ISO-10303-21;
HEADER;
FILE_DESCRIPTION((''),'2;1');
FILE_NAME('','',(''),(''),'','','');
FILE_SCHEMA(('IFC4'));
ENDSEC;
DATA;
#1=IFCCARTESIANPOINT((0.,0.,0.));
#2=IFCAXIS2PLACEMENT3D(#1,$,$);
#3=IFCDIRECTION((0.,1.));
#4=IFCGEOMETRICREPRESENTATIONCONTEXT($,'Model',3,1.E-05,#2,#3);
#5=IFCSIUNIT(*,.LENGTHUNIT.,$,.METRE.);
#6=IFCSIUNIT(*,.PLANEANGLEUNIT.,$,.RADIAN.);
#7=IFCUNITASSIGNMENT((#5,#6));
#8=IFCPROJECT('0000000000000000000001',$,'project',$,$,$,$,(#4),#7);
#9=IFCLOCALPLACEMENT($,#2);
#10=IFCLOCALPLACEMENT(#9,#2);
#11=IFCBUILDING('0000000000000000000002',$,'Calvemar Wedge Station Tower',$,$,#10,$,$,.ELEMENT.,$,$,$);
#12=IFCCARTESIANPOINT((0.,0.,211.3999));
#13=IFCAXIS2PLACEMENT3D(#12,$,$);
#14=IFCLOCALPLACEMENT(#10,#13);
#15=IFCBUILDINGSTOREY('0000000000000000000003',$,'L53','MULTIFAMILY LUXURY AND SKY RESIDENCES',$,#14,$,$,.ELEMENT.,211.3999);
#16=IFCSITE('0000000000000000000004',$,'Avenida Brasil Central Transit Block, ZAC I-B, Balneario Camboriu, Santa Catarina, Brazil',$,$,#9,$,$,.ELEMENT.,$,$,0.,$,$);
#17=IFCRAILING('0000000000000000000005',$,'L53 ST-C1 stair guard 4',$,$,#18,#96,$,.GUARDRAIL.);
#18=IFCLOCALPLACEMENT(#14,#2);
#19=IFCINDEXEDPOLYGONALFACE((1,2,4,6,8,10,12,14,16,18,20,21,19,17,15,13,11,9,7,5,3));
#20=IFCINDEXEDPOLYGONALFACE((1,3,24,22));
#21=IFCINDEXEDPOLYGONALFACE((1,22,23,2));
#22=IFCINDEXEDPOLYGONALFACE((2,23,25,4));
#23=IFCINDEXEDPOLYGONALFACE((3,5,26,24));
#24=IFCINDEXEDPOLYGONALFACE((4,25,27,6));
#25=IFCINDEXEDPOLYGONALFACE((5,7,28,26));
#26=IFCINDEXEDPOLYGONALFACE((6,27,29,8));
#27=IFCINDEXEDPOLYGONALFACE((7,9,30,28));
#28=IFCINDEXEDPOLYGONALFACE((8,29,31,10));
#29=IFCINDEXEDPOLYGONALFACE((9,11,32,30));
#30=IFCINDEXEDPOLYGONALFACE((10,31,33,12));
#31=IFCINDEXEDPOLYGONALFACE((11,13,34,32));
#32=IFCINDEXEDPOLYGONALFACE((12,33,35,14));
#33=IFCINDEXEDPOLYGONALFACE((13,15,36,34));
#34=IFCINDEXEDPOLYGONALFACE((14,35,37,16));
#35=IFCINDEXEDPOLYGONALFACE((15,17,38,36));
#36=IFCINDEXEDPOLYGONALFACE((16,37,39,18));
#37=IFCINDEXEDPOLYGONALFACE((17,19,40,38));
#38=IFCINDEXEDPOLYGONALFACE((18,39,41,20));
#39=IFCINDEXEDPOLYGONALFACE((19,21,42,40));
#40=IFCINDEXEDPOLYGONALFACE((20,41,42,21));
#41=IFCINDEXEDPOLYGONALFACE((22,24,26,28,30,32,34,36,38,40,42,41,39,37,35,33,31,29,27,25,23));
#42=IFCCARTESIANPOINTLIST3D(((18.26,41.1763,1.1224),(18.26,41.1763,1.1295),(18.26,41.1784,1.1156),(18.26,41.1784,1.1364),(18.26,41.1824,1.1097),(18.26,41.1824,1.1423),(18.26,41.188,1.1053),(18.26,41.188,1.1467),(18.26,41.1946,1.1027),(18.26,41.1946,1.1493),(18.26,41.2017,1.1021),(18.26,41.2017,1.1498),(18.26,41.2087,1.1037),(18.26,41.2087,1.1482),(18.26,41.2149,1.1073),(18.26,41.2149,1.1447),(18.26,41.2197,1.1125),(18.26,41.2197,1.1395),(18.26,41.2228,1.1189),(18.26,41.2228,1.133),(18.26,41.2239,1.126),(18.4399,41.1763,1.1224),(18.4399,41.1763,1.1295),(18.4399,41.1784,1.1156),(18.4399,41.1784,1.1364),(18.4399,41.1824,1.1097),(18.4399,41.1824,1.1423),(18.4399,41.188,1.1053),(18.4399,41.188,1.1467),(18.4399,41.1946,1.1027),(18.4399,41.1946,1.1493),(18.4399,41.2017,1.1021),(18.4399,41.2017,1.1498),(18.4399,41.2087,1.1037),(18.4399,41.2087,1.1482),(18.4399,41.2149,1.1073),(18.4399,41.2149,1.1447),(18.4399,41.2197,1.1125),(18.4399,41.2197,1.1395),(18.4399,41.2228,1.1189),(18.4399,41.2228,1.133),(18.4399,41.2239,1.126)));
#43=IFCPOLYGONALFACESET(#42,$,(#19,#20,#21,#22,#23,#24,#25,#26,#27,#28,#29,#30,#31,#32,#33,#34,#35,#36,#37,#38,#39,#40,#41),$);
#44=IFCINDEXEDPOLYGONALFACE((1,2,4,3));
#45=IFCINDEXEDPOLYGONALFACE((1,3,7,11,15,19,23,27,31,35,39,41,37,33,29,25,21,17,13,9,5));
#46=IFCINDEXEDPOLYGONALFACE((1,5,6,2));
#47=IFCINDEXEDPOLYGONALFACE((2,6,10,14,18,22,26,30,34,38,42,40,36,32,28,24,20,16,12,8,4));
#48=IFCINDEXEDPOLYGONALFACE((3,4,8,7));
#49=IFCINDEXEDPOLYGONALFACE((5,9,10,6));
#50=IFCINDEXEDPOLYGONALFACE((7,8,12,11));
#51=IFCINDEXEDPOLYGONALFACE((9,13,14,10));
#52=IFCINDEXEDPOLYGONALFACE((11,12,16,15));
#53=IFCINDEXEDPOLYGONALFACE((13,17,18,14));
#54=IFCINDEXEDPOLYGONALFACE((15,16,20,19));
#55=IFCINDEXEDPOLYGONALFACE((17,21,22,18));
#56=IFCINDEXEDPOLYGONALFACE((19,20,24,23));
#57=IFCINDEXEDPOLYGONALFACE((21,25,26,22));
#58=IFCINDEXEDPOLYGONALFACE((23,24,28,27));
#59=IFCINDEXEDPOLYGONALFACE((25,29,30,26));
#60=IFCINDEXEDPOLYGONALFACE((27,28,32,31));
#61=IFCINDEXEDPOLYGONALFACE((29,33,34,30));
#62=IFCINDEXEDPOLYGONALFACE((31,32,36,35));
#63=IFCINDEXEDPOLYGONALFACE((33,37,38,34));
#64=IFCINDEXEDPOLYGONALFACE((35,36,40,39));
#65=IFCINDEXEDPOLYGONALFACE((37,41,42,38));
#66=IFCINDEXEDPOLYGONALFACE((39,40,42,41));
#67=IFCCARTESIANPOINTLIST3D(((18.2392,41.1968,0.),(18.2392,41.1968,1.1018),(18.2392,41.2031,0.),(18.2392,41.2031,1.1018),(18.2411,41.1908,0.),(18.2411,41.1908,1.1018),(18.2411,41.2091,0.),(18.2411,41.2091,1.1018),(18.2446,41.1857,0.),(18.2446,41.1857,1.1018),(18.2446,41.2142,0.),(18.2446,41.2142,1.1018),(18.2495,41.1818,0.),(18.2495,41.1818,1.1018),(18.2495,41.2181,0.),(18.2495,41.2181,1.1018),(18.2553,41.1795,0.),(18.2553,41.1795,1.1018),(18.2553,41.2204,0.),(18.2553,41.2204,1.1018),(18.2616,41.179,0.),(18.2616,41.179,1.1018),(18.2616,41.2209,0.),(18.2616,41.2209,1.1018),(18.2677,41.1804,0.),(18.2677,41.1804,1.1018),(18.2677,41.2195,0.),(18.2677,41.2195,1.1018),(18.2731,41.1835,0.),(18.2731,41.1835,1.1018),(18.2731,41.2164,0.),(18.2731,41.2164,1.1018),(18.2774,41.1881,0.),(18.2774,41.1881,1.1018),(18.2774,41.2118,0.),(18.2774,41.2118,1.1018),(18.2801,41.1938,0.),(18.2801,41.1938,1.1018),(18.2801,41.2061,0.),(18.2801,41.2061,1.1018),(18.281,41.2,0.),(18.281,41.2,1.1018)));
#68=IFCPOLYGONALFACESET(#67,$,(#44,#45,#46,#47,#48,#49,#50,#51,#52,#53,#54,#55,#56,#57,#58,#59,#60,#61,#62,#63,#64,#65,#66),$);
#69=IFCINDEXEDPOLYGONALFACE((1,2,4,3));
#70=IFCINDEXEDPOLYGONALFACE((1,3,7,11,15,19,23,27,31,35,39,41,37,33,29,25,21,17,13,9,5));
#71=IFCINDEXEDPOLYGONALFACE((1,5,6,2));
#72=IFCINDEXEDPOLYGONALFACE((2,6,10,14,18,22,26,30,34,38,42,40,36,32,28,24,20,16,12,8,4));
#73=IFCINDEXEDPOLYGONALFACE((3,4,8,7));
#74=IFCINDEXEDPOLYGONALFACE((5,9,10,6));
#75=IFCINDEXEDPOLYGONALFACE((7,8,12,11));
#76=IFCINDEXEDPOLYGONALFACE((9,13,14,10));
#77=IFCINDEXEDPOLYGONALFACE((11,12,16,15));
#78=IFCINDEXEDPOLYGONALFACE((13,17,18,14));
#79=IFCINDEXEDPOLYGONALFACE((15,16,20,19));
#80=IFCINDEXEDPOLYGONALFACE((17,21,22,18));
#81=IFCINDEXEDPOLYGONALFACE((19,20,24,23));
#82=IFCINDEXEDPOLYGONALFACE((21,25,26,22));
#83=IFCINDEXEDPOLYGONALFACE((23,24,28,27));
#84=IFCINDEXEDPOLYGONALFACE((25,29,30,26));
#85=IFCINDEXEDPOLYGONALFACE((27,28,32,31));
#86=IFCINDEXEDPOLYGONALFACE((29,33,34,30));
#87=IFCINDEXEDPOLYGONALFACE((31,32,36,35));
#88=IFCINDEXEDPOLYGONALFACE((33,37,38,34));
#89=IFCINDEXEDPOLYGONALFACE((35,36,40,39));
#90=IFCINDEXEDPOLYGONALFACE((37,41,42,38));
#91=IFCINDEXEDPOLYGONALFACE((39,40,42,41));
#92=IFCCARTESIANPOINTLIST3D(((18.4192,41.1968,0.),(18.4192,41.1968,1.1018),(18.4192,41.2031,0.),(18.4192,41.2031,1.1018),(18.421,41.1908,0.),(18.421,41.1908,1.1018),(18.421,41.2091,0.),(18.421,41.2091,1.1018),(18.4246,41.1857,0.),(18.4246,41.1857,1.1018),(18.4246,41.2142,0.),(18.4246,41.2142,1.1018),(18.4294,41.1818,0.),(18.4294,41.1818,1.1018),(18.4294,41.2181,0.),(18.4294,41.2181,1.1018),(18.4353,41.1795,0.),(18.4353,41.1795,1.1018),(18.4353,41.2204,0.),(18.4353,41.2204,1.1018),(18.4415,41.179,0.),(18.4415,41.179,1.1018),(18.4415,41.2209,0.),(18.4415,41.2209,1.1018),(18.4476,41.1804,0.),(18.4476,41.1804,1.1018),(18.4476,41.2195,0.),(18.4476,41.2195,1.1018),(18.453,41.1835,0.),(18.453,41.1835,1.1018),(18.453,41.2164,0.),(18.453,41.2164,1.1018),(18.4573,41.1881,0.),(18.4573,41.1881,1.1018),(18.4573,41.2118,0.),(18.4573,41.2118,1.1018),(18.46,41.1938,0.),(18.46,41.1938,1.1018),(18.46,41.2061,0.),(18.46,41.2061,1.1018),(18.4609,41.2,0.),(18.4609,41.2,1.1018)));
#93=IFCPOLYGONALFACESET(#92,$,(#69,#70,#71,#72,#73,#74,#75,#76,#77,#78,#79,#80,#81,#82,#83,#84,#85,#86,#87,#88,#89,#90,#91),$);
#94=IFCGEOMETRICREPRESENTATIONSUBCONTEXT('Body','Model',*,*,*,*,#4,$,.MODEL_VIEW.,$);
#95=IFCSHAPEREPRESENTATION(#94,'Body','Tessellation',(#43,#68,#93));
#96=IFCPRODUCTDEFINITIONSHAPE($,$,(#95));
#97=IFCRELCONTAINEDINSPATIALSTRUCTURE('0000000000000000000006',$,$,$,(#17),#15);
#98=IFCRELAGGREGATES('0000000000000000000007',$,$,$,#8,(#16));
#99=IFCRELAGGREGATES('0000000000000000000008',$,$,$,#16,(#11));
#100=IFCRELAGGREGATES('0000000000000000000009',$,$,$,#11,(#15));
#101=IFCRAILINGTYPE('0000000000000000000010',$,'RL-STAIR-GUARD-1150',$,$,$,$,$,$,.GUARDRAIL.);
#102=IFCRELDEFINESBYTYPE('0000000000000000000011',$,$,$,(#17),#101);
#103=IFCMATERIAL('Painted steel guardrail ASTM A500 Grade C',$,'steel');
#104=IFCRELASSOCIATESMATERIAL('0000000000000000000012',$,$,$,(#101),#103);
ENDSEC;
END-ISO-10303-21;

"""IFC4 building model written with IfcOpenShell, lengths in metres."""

from ifc_helpers import new_model, si_unit, direction, frame, origin, origin_2d, place, context, subcontext, project, spatial, circle, extrude, material, type_object, element, save


model = new_model("IFC4")

# Units and contexts
model_context = context("Model", 3, precision=1e-05, world=origin(), true_north=direction((0.0, 1.0)))
body_context = subcontext(model_context, "Body", "Model", "MODEL_VIEW")
ifc_project = project(units=[si_unit("LENGTHUNIT", "METRE"), si_unit("PLANEANGLEUNIT", "RADIAN")], contexts=[model_context])

# Site, building, storey
site_placement = place(None, origin())
site = spatial("IfcSite", under=ifc_project, at=site_placement, Name="Avenida Brasil Central Transit Block, ZAC I-B, Balneario Camboriu, Santa Catarina, Brazil", CompositionType="ELEMENT", RefElevation=0.0)
building_placement = place(site_placement, origin())
building = spatial("IfcBuilding", under=site, at=building_placement, Name="Calvemar Wedge Station Tower", CompositionType="ELEMENT")
storey_placement = place(building_placement, frame((0.0, 0.0, 211.3999)))
storey = spatial("IfcBuildingStorey", under=building, at=storey_placement, Name="L53", Description="MULTIFAMILY LUXURY AND SKY RESIDENCES", CompositionType="ELEMENT", Elevation=211.3999)

# Railing
ifc_material_1 = material(Name="Painted steel guardrail ASTM A500 Grade C", Category="steel")
railing_type = type_object("IfcRailingType", Name="RL-STAIR-GUARD-1150", PredefinedType="GUARDRAIL", material=ifc_material_1)
railing_1_placement = place(storey_placement, frame((18.26, 41.2, 0.0)))
element("IfcRailing", 1, at=railing_1_placement, inside=storey, type_object=railing_type, Name="L53 ST-C1 stair guard 4", PredefinedType="GUARDRAIL", context=body_context, shape_type="SweptSolid", body=[
    extrude(circle(Radius=0.0239, at=origin_2d()), frame((0.0, 0.0, 1.126), z_axis=(1.0, 0.0, 0.0), x_axis=(0.0, 1.0, 0.0)), (0.0, 0.0, 1.0), 0.1799),
    extrude(circle(Radius=0.021, at=origin_2d()), origin(), (0.0, 0.0, 1.0), 1.1018),
    extrude(circle(Radius=0.021, at=origin_2d()), frame((0.1799, 0.0, 0.0)), (0.0, 0.0, 1.0), 1.1018),
])

save(model, "model.ifc")
